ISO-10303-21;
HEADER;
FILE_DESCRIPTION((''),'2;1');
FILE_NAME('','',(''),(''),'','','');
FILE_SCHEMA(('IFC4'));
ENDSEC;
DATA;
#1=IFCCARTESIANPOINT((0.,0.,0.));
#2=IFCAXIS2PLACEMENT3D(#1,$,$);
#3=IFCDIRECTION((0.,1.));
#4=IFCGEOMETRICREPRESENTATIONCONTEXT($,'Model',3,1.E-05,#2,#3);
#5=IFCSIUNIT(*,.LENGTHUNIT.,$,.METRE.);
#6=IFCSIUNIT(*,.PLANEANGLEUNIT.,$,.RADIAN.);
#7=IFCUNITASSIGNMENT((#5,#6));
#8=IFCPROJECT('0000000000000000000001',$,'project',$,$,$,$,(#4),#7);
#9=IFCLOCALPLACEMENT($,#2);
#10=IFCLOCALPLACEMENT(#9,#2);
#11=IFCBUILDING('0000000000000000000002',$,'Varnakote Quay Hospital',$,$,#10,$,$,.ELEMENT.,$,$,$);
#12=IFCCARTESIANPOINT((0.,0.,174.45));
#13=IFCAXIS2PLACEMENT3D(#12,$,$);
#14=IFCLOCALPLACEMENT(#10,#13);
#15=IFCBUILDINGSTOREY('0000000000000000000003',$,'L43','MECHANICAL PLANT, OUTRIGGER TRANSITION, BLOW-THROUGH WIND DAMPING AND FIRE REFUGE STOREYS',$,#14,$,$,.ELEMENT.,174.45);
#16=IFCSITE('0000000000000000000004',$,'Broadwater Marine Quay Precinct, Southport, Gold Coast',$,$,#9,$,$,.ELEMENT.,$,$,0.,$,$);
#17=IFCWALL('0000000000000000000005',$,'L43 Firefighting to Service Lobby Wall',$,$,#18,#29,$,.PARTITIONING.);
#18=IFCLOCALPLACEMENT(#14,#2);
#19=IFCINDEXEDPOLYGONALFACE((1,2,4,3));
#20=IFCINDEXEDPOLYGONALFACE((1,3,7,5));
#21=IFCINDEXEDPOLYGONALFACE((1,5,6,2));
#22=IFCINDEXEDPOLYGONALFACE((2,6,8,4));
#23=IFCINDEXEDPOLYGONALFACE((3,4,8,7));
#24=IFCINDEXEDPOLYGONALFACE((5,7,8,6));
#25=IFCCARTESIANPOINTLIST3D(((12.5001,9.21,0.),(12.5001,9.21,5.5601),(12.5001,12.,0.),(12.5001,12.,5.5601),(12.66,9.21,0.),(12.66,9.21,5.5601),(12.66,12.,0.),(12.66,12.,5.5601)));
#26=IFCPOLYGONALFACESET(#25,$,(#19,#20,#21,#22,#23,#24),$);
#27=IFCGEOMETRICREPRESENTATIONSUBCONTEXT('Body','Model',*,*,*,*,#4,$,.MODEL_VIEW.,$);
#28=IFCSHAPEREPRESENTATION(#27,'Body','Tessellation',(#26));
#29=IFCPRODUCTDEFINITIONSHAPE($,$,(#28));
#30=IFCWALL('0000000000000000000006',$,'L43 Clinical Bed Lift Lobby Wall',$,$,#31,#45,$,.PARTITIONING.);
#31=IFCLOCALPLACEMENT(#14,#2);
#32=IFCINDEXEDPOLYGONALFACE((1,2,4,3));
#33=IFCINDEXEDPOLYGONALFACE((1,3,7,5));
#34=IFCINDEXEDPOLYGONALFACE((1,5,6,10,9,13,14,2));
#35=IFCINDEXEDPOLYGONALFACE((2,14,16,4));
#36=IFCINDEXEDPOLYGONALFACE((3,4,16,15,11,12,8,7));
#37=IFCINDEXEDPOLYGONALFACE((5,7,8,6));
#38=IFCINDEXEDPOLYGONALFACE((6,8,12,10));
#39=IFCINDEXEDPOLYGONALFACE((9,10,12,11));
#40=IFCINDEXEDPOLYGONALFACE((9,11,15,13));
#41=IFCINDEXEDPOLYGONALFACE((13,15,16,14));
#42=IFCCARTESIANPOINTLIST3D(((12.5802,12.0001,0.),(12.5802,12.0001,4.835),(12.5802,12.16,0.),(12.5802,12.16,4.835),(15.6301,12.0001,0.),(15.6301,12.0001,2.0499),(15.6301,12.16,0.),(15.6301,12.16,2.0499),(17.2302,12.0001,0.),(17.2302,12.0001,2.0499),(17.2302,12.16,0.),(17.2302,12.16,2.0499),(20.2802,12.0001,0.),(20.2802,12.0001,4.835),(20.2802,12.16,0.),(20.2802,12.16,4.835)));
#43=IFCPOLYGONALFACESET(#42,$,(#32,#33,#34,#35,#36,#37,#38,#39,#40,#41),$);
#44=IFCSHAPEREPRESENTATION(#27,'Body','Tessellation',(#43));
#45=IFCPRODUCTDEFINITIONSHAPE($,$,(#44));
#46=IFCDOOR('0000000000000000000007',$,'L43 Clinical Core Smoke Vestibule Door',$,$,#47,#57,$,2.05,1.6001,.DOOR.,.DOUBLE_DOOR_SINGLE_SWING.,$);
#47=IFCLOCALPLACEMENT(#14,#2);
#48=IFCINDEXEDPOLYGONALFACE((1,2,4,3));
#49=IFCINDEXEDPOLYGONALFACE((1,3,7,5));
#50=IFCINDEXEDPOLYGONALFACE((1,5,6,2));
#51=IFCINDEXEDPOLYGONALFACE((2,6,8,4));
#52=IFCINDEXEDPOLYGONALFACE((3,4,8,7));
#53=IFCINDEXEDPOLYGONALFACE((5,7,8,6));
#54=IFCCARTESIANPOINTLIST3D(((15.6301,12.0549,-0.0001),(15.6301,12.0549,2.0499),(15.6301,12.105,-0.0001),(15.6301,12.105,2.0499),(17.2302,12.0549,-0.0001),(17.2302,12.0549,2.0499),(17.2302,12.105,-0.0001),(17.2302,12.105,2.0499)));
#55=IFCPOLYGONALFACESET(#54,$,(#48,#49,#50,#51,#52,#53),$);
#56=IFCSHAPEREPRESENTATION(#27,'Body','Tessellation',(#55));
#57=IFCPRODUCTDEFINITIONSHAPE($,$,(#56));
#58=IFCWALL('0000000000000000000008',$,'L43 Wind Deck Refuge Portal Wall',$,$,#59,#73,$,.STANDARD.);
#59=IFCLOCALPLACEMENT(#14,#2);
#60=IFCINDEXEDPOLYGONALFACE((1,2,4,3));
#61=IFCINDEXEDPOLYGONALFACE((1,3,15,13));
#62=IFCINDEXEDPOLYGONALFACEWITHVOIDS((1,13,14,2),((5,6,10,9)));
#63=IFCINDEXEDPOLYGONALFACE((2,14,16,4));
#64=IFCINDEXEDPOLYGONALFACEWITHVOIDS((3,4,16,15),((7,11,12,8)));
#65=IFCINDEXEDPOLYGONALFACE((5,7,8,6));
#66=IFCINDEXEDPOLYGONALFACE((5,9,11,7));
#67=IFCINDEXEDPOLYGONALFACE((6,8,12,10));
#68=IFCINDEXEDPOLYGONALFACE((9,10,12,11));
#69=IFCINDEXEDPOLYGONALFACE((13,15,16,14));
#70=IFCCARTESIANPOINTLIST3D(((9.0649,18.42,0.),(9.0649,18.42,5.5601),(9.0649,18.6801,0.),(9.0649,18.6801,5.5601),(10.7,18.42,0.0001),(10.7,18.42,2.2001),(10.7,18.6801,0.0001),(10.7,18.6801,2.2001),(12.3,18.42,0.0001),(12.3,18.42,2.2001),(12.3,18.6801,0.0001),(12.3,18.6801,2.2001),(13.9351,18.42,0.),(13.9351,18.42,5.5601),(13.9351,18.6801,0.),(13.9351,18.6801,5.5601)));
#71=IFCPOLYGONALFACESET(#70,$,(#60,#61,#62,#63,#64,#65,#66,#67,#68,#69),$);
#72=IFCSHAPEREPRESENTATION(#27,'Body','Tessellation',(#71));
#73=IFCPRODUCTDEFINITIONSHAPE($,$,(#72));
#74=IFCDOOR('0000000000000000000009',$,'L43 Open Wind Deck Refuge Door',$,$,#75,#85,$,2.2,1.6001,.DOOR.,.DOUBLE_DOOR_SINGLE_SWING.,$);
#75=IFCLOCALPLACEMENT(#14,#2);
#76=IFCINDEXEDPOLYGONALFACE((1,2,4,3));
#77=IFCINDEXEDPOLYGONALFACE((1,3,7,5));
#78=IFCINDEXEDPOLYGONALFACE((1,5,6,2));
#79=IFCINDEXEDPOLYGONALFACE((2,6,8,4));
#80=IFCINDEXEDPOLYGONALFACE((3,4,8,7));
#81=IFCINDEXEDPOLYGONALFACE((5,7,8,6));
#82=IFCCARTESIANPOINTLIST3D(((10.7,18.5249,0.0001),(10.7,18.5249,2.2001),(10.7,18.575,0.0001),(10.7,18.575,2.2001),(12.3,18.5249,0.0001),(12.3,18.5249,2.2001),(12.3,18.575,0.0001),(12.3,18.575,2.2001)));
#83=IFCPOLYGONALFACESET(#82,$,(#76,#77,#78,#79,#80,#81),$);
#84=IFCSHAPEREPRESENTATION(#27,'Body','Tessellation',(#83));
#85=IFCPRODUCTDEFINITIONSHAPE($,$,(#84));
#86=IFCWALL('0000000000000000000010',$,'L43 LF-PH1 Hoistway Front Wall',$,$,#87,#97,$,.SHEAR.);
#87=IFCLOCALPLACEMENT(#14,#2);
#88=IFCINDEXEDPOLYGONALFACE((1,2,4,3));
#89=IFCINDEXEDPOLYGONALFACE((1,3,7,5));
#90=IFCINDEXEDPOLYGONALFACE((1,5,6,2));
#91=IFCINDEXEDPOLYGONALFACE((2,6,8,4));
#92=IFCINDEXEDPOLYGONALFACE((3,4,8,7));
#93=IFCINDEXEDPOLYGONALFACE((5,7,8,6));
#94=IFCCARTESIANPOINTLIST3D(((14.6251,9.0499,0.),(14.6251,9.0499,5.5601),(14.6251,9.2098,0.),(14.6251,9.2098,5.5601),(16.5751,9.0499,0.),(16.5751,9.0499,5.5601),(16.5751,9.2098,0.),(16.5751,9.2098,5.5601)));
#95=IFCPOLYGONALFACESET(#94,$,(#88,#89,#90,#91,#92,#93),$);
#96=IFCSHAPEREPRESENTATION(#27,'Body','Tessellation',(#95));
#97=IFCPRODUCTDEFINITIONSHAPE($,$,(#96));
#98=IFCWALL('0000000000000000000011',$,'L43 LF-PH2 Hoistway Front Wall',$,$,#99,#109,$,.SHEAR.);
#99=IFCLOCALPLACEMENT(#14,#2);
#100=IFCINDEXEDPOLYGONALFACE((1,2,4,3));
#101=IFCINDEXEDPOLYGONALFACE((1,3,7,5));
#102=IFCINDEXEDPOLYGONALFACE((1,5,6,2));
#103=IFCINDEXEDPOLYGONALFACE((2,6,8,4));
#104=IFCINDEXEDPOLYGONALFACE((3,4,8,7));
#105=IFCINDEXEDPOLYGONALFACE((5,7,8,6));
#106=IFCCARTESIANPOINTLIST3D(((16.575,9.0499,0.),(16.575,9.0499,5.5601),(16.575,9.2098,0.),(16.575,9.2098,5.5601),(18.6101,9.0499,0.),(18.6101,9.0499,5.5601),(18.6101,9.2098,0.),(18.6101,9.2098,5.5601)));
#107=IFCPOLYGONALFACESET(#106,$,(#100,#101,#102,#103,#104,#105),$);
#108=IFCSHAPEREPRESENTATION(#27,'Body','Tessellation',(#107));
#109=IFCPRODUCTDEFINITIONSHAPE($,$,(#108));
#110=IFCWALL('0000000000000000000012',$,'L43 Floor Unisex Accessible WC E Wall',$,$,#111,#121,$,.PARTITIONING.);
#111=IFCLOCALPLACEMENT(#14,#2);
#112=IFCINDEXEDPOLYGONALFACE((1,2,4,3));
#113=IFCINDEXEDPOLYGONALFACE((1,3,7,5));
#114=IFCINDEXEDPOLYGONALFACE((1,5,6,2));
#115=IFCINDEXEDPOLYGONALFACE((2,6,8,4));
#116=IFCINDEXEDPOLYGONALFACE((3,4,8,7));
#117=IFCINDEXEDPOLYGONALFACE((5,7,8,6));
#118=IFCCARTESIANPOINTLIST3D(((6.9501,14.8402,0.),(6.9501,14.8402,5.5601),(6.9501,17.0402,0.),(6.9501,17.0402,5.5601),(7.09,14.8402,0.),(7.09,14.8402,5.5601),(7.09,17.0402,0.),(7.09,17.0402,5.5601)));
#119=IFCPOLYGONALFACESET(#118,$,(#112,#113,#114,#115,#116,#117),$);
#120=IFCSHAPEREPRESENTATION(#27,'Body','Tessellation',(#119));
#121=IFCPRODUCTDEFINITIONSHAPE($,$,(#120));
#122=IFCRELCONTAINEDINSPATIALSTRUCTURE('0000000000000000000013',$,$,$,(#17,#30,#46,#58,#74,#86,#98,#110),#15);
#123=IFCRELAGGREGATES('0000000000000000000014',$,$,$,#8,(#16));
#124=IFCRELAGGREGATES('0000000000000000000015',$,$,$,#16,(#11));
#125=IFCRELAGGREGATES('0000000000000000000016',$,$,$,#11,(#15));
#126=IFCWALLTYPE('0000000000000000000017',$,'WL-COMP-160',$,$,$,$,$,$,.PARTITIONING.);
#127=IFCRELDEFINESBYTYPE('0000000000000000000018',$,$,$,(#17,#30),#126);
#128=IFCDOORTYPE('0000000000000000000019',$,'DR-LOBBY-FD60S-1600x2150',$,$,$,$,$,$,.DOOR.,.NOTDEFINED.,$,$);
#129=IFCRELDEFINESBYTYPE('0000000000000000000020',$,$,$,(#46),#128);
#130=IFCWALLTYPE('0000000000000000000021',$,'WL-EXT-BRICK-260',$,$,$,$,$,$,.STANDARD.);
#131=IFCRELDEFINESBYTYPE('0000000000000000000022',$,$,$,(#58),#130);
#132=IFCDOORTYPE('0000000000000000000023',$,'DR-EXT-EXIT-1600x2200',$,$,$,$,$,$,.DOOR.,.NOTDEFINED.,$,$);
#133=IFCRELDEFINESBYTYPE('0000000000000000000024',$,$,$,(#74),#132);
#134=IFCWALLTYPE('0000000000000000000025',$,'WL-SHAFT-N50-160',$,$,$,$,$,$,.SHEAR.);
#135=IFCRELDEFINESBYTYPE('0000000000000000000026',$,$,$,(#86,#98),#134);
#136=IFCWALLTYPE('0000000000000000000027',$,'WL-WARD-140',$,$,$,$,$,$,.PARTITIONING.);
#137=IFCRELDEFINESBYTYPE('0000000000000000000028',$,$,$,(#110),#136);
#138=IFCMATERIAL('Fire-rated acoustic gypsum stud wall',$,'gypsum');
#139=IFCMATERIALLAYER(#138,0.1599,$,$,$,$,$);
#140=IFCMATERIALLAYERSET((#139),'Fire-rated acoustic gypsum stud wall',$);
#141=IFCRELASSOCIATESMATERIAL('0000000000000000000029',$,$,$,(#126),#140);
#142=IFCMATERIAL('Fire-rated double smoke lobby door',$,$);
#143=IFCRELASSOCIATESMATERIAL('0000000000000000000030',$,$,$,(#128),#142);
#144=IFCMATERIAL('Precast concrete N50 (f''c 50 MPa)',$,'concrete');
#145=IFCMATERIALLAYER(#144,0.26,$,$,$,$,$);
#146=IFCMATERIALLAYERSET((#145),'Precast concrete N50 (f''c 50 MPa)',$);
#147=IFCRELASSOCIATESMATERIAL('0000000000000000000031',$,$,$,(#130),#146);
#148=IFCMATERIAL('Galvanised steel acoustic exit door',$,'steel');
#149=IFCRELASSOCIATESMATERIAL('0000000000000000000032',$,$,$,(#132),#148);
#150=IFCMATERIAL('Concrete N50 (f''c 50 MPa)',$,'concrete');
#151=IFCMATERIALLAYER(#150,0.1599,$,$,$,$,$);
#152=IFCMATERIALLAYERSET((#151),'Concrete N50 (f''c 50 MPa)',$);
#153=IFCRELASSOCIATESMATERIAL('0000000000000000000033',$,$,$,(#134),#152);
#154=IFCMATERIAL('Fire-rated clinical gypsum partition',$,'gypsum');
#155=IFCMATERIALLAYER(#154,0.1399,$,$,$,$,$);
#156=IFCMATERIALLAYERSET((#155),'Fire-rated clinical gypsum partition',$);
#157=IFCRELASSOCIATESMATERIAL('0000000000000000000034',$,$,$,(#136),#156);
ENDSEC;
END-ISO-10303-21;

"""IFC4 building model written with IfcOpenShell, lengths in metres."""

from ifc_helpers import new_model, si_unit, direction, frame, frame_2d, origin, place, context, subcontext, project, spatial, rectangle, extrude, material, layer, layer_set, type_object, element, fill, save


model = new_model("IFC4")

# Units and contexts
model_context = context("Model", 3, precision=1e-05, world=origin(), true_north=direction((0.0, 1.0)))
body_context = subcontext(model_context, "Body", "Model", "MODEL_VIEW")
ifc_project = project(units=[si_unit("LENGTHUNIT", "METRE"), si_unit("PLANEANGLEUNIT", "RADIAN")], contexts=[model_context])

# Site, building, storey
site_placement = place(None, origin())
site = spatial("IfcSite", under=ifc_project, at=site_placement, Name="Broadwater Marine Quay Precinct, Southport, Gold Coast", CompositionType="ELEMENT", RefElevation=0.0)
building_placement = place(site_placement, origin())
building = spatial("IfcBuilding", under=site, at=building_placement, Name="Varnakote Quay Hospital", CompositionType="ELEMENT")
storey_placement = place(building_placement, frame((0.0, 0.0, 174.45)))
storey = spatial("IfcBuildingStorey", under=building, at=storey_placement, Name="L43", Description="MECHANICAL PLANT, OUTRIGGER TRANSITION, BLOW-THROUGH WIND DAMPING AND FIRE REFUGE STOREYS", CompositionType="ELEMENT", Elevation=174.45)

# Shared definitions
ifc_material_1 = material(Name="Fire-rated acoustic gypsum stud wall", Category="gypsum")
ifc_layer_1 = layer(ifc_material_1, 0.1599)
ifc_layer_set_1 = layer_set([ifc_layer_1], Name="Fire-rated acoustic gypsum stud wall")
wall_type_1 = type_object("IfcWallType", Name="WL-COMP-160", PredefinedType="PARTITIONING", material=ifc_layer_set_1)

# Shared definitions
ifc_material_2 = material(Name="Fire-rated double smoke lobby door")
door_type_1 = type_object("IfcDoorType", Name="DR-LOBBY-FD60S-1600x2150", OperationType="NOTDEFINED", PredefinedType="DOOR", material=ifc_material_2)

# Wall
wall_1_placement = place(storey_placement, frame((12.5801, 9.21, 0.0), z_axis=(0.0, 0.0, 1.0), x_axis=(0.0, 1.0, 0.0)))
element("IfcWall", 1, at=wall_1_placement, inside=storey, type_object=wall_type_1, Name="L43 Firefighting to Service Lobby Wall", PredefinedType="PARTITIONING", context=body_context, shape_type="SweptSolid", body=[
    extrude(rectangle(XDim=2.79, YDim=0.1599, at=frame_2d((1.395, 0.0))), origin(), (0.0, 0.0, 1.0), 5.5601),
])

# Walls, openings, doors
wall_2_placement = place(storey_placement, frame((12.5801, 12.0801, 0.0), z_axis=(0.0, 0.0, 1.0), x_axis=(1.0, 0.0, 0.0)))
wall_2 = element("IfcWall", 2, at=wall_2_placement, inside=storey, type_object=wall_type_1, Name="L43 Clinical Bed Lift Lobby Wall", PredefinedType="PARTITIONING", context=body_context, shape_type="SweptSolid", body=[
    extrude(rectangle(XDim=7.7, YDim=0.1599, at=frame_2d((3.8501, 0.0))), origin(), (0.0, 0.0, 1.0), 4.835),
])
opening_1_placement = place(wall_2_placement, frame((3.05, 0.0, 0.0)))
opening_1 = element("IfcOpeningElement", 3, at=opening_1_placement, cuts=wall_2, PredefinedType="OPENING", context=body_context, shape_type="SweptSolid", body=[
    extrude(rectangle(XDim=1.6001, YDim=2.05, at=frame_2d((0.8, 1.0249))), frame((0.0, 0.0898, 0.0), z_axis=(0.0, -1.0, 0.0), x_axis=(1.0, 0.0, 0.0)), (0.0, 0.0, 1.0), 0.1799),
])
door_1_placement = place(opening_1_placement, origin())
door_1 = element("IfcDoor", 4, at=door_1_placement, inside=storey, type_object=door_type_1, Name="L43 Clinical Core Smoke Vestibule Door", OperationType="DOUBLE_DOOR_SINGLE_SWING", OverallHeight=2.05, OverallWidth=1.6001, PredefinedType="DOOR", context=body_context, shape_type="SweptSolid", body=[
    extrude(rectangle(XDim=1.6001, YDim=2.05, at=frame_2d((0.8, 1.0249))), frame((0.0, 0.0249, 0.0), z_axis=(0.0, -1.0, 0.0), x_axis=(1.0, 0.0, 0.0)), (0.0, 0.0, 1.0), 0.05),
])
fill(opening_1, door_1)
ifc_material_3 = material(Name="Precast concrete N50 (f'c 50 MPa)", Category="concrete")
ifc_layer_2 = layer(ifc_material_3, 0.26)
ifc_layer_set_2 = layer_set([ifc_layer_2], Name="Precast concrete N50 (f'c 50 MPa)")
wall_type_2 = type_object("IfcWallType", Name="WL-EXT-BRICK-260", PredefinedType="STANDARD", material=ifc_layer_set_2)
wall_3_placement = place(storey_placement, frame((9.0649, 18.55, 0.0), z_axis=(0.0, 0.0, 1.0), x_axis=(1.0, 0.0, 0.0)))
wall_3 = element("IfcWall", 5, at=wall_3_placement, inside=storey, type_object=wall_type_2, Name="L43 Wind Deck Refuge Portal Wall", PredefinedType="STANDARD", context=body_context, shape_type="SweptSolid", body=[
    extrude(rectangle(XDim=4.8701, YDim=0.26, at=frame_2d((2.4351, 0.0))), origin(), (0.0, 0.0, 1.0), 5.5601),
])
opening_2_placement = place(wall_3_placement, frame((1.635, 0.0, 0.0)))
opening_2 = element("IfcOpeningElement", 6, at=opening_2_placement, cuts=wall_3, PredefinedType="OPENING", context=body_context, shape_type="SweptSolid", body=[
    extrude(rectangle(XDim=1.6001, YDim=2.2, at=frame_2d((0.8, 1.1001))), frame((0.0, 0.1399, 0.0), z_axis=(0.0, -1.0, 0.0), x_axis=(1.0, 0.0, 0.0)), (0.0, 0.0, 1.0), 0.28),
])
ifc_material_4 = material(Name="Galvanised steel acoustic exit door", Category="steel")
door_type_2 = type_object("IfcDoorType", Name="DR-EXT-EXIT-1600x2200", OperationType="NOTDEFINED", PredefinedType="DOOR", material=ifc_material_4)
door_2_placement = place(opening_2_placement, origin())
door_2 = element("IfcDoor", 7, at=door_2_placement, inside=storey, type_object=door_type_2, Name="L43 Open Wind Deck Refuge Door", OperationType="DOUBLE_DOOR_SINGLE_SWING", OverallHeight=2.2, OverallWidth=1.6001, PredefinedType="DOOR", context=body_context, shape_type="SweptSolid", body=[
    extrude(rectangle(XDim=1.6001, YDim=2.2, at=frame_2d((0.8, 1.1001))), frame((0.0, 0.0249, 0.0), z_axis=(0.0, -1.0, 0.0), x_axis=(1.0, 0.0, 0.0)), (0.0, 0.0, 1.0), 0.05),
])
fill(opening_2, door_2)
ifc_material_5 = material(Name="Concrete N50 (f'c 50 MPa)", Category="concrete")
ifc_layer_3 = layer(ifc_material_5, 0.1599)
ifc_layer_set_3 = layer_set([ifc_layer_3], Name="Concrete N50 (f'c 50 MPa)")
wall_type_3 = type_object("IfcWallType", Name="WL-SHAFT-N50-160", PredefinedType="SHEAR", material=ifc_layer_set_3)

# Walls
wall_4_placement = place(storey_placement, frame((14.625, 9.1299, 0.0), z_axis=(0.0, 0.0, 1.0), x_axis=(1.0, 0.0, 0.0)))
element("IfcWall", 8, at=wall_4_placement, inside=storey, type_object=wall_type_3, Name="L43 LF-PH1 Hoistway Front Wall", PredefinedType="SHEAR", context=body_context, shape_type="SweptSolid", body=[
    extrude(rectangle(XDim=1.95, YDim=0.1599, at=frame_2d((0.9751, 0.0))), origin(), (0.0, 0.0, 1.0), 5.5601),
])
wall_5_placement = place(storey_placement, frame((16.575, 9.1299, 0.0), z_axis=(0.0, 0.0, 1.0), x_axis=(1.0, 0.0, 0.0)))
element("IfcWall", 9, at=wall_5_placement, inside=storey, type_object=wall_type_3, Name="L43 LF-PH2 Hoistway Front Wall", PredefinedType="SHEAR", context=body_context, shape_type="SweptSolid", body=[
    extrude(rectangle(XDim=2.0352, YDim=0.1599, at=frame_2d((1.0176, 0.0))), origin(), (0.0, 0.0, 1.0), 5.5601),
])
ifc_material_6 = material(Name="Fire-rated clinical gypsum partition", Category="gypsum")
ifc_layer_4 = layer(ifc_material_6, 0.1399)
ifc_layer_set_4 = layer_set([ifc_layer_4], Name="Fire-rated clinical gypsum partition")
wall_type_4 = type_object("IfcWallType", Name="WL-WARD-140", PredefinedType="PARTITIONING", material=ifc_layer_set_4)
wall_6_placement = place(storey_placement, frame((7.02, 14.8401, 0.0), z_axis=(0.0, 0.0, 1.0), x_axis=(0.0, 1.0, 0.0)))
element("IfcWall", 10, at=wall_6_placement, inside=storey, type_object=wall_type_4, Name="L43 Floor Unisex Accessible WC E Wall", PredefinedType="PARTITIONING", context=body_context, shape_type="SweptSolid", body=[
    extrude(rectangle(XDim=2.2, YDim=0.1399, at=frame_2d((1.1001, 0.0))), origin(), (0.0, 0.0, 1.0), 5.5601),
])

save(model, "model.ifc")
